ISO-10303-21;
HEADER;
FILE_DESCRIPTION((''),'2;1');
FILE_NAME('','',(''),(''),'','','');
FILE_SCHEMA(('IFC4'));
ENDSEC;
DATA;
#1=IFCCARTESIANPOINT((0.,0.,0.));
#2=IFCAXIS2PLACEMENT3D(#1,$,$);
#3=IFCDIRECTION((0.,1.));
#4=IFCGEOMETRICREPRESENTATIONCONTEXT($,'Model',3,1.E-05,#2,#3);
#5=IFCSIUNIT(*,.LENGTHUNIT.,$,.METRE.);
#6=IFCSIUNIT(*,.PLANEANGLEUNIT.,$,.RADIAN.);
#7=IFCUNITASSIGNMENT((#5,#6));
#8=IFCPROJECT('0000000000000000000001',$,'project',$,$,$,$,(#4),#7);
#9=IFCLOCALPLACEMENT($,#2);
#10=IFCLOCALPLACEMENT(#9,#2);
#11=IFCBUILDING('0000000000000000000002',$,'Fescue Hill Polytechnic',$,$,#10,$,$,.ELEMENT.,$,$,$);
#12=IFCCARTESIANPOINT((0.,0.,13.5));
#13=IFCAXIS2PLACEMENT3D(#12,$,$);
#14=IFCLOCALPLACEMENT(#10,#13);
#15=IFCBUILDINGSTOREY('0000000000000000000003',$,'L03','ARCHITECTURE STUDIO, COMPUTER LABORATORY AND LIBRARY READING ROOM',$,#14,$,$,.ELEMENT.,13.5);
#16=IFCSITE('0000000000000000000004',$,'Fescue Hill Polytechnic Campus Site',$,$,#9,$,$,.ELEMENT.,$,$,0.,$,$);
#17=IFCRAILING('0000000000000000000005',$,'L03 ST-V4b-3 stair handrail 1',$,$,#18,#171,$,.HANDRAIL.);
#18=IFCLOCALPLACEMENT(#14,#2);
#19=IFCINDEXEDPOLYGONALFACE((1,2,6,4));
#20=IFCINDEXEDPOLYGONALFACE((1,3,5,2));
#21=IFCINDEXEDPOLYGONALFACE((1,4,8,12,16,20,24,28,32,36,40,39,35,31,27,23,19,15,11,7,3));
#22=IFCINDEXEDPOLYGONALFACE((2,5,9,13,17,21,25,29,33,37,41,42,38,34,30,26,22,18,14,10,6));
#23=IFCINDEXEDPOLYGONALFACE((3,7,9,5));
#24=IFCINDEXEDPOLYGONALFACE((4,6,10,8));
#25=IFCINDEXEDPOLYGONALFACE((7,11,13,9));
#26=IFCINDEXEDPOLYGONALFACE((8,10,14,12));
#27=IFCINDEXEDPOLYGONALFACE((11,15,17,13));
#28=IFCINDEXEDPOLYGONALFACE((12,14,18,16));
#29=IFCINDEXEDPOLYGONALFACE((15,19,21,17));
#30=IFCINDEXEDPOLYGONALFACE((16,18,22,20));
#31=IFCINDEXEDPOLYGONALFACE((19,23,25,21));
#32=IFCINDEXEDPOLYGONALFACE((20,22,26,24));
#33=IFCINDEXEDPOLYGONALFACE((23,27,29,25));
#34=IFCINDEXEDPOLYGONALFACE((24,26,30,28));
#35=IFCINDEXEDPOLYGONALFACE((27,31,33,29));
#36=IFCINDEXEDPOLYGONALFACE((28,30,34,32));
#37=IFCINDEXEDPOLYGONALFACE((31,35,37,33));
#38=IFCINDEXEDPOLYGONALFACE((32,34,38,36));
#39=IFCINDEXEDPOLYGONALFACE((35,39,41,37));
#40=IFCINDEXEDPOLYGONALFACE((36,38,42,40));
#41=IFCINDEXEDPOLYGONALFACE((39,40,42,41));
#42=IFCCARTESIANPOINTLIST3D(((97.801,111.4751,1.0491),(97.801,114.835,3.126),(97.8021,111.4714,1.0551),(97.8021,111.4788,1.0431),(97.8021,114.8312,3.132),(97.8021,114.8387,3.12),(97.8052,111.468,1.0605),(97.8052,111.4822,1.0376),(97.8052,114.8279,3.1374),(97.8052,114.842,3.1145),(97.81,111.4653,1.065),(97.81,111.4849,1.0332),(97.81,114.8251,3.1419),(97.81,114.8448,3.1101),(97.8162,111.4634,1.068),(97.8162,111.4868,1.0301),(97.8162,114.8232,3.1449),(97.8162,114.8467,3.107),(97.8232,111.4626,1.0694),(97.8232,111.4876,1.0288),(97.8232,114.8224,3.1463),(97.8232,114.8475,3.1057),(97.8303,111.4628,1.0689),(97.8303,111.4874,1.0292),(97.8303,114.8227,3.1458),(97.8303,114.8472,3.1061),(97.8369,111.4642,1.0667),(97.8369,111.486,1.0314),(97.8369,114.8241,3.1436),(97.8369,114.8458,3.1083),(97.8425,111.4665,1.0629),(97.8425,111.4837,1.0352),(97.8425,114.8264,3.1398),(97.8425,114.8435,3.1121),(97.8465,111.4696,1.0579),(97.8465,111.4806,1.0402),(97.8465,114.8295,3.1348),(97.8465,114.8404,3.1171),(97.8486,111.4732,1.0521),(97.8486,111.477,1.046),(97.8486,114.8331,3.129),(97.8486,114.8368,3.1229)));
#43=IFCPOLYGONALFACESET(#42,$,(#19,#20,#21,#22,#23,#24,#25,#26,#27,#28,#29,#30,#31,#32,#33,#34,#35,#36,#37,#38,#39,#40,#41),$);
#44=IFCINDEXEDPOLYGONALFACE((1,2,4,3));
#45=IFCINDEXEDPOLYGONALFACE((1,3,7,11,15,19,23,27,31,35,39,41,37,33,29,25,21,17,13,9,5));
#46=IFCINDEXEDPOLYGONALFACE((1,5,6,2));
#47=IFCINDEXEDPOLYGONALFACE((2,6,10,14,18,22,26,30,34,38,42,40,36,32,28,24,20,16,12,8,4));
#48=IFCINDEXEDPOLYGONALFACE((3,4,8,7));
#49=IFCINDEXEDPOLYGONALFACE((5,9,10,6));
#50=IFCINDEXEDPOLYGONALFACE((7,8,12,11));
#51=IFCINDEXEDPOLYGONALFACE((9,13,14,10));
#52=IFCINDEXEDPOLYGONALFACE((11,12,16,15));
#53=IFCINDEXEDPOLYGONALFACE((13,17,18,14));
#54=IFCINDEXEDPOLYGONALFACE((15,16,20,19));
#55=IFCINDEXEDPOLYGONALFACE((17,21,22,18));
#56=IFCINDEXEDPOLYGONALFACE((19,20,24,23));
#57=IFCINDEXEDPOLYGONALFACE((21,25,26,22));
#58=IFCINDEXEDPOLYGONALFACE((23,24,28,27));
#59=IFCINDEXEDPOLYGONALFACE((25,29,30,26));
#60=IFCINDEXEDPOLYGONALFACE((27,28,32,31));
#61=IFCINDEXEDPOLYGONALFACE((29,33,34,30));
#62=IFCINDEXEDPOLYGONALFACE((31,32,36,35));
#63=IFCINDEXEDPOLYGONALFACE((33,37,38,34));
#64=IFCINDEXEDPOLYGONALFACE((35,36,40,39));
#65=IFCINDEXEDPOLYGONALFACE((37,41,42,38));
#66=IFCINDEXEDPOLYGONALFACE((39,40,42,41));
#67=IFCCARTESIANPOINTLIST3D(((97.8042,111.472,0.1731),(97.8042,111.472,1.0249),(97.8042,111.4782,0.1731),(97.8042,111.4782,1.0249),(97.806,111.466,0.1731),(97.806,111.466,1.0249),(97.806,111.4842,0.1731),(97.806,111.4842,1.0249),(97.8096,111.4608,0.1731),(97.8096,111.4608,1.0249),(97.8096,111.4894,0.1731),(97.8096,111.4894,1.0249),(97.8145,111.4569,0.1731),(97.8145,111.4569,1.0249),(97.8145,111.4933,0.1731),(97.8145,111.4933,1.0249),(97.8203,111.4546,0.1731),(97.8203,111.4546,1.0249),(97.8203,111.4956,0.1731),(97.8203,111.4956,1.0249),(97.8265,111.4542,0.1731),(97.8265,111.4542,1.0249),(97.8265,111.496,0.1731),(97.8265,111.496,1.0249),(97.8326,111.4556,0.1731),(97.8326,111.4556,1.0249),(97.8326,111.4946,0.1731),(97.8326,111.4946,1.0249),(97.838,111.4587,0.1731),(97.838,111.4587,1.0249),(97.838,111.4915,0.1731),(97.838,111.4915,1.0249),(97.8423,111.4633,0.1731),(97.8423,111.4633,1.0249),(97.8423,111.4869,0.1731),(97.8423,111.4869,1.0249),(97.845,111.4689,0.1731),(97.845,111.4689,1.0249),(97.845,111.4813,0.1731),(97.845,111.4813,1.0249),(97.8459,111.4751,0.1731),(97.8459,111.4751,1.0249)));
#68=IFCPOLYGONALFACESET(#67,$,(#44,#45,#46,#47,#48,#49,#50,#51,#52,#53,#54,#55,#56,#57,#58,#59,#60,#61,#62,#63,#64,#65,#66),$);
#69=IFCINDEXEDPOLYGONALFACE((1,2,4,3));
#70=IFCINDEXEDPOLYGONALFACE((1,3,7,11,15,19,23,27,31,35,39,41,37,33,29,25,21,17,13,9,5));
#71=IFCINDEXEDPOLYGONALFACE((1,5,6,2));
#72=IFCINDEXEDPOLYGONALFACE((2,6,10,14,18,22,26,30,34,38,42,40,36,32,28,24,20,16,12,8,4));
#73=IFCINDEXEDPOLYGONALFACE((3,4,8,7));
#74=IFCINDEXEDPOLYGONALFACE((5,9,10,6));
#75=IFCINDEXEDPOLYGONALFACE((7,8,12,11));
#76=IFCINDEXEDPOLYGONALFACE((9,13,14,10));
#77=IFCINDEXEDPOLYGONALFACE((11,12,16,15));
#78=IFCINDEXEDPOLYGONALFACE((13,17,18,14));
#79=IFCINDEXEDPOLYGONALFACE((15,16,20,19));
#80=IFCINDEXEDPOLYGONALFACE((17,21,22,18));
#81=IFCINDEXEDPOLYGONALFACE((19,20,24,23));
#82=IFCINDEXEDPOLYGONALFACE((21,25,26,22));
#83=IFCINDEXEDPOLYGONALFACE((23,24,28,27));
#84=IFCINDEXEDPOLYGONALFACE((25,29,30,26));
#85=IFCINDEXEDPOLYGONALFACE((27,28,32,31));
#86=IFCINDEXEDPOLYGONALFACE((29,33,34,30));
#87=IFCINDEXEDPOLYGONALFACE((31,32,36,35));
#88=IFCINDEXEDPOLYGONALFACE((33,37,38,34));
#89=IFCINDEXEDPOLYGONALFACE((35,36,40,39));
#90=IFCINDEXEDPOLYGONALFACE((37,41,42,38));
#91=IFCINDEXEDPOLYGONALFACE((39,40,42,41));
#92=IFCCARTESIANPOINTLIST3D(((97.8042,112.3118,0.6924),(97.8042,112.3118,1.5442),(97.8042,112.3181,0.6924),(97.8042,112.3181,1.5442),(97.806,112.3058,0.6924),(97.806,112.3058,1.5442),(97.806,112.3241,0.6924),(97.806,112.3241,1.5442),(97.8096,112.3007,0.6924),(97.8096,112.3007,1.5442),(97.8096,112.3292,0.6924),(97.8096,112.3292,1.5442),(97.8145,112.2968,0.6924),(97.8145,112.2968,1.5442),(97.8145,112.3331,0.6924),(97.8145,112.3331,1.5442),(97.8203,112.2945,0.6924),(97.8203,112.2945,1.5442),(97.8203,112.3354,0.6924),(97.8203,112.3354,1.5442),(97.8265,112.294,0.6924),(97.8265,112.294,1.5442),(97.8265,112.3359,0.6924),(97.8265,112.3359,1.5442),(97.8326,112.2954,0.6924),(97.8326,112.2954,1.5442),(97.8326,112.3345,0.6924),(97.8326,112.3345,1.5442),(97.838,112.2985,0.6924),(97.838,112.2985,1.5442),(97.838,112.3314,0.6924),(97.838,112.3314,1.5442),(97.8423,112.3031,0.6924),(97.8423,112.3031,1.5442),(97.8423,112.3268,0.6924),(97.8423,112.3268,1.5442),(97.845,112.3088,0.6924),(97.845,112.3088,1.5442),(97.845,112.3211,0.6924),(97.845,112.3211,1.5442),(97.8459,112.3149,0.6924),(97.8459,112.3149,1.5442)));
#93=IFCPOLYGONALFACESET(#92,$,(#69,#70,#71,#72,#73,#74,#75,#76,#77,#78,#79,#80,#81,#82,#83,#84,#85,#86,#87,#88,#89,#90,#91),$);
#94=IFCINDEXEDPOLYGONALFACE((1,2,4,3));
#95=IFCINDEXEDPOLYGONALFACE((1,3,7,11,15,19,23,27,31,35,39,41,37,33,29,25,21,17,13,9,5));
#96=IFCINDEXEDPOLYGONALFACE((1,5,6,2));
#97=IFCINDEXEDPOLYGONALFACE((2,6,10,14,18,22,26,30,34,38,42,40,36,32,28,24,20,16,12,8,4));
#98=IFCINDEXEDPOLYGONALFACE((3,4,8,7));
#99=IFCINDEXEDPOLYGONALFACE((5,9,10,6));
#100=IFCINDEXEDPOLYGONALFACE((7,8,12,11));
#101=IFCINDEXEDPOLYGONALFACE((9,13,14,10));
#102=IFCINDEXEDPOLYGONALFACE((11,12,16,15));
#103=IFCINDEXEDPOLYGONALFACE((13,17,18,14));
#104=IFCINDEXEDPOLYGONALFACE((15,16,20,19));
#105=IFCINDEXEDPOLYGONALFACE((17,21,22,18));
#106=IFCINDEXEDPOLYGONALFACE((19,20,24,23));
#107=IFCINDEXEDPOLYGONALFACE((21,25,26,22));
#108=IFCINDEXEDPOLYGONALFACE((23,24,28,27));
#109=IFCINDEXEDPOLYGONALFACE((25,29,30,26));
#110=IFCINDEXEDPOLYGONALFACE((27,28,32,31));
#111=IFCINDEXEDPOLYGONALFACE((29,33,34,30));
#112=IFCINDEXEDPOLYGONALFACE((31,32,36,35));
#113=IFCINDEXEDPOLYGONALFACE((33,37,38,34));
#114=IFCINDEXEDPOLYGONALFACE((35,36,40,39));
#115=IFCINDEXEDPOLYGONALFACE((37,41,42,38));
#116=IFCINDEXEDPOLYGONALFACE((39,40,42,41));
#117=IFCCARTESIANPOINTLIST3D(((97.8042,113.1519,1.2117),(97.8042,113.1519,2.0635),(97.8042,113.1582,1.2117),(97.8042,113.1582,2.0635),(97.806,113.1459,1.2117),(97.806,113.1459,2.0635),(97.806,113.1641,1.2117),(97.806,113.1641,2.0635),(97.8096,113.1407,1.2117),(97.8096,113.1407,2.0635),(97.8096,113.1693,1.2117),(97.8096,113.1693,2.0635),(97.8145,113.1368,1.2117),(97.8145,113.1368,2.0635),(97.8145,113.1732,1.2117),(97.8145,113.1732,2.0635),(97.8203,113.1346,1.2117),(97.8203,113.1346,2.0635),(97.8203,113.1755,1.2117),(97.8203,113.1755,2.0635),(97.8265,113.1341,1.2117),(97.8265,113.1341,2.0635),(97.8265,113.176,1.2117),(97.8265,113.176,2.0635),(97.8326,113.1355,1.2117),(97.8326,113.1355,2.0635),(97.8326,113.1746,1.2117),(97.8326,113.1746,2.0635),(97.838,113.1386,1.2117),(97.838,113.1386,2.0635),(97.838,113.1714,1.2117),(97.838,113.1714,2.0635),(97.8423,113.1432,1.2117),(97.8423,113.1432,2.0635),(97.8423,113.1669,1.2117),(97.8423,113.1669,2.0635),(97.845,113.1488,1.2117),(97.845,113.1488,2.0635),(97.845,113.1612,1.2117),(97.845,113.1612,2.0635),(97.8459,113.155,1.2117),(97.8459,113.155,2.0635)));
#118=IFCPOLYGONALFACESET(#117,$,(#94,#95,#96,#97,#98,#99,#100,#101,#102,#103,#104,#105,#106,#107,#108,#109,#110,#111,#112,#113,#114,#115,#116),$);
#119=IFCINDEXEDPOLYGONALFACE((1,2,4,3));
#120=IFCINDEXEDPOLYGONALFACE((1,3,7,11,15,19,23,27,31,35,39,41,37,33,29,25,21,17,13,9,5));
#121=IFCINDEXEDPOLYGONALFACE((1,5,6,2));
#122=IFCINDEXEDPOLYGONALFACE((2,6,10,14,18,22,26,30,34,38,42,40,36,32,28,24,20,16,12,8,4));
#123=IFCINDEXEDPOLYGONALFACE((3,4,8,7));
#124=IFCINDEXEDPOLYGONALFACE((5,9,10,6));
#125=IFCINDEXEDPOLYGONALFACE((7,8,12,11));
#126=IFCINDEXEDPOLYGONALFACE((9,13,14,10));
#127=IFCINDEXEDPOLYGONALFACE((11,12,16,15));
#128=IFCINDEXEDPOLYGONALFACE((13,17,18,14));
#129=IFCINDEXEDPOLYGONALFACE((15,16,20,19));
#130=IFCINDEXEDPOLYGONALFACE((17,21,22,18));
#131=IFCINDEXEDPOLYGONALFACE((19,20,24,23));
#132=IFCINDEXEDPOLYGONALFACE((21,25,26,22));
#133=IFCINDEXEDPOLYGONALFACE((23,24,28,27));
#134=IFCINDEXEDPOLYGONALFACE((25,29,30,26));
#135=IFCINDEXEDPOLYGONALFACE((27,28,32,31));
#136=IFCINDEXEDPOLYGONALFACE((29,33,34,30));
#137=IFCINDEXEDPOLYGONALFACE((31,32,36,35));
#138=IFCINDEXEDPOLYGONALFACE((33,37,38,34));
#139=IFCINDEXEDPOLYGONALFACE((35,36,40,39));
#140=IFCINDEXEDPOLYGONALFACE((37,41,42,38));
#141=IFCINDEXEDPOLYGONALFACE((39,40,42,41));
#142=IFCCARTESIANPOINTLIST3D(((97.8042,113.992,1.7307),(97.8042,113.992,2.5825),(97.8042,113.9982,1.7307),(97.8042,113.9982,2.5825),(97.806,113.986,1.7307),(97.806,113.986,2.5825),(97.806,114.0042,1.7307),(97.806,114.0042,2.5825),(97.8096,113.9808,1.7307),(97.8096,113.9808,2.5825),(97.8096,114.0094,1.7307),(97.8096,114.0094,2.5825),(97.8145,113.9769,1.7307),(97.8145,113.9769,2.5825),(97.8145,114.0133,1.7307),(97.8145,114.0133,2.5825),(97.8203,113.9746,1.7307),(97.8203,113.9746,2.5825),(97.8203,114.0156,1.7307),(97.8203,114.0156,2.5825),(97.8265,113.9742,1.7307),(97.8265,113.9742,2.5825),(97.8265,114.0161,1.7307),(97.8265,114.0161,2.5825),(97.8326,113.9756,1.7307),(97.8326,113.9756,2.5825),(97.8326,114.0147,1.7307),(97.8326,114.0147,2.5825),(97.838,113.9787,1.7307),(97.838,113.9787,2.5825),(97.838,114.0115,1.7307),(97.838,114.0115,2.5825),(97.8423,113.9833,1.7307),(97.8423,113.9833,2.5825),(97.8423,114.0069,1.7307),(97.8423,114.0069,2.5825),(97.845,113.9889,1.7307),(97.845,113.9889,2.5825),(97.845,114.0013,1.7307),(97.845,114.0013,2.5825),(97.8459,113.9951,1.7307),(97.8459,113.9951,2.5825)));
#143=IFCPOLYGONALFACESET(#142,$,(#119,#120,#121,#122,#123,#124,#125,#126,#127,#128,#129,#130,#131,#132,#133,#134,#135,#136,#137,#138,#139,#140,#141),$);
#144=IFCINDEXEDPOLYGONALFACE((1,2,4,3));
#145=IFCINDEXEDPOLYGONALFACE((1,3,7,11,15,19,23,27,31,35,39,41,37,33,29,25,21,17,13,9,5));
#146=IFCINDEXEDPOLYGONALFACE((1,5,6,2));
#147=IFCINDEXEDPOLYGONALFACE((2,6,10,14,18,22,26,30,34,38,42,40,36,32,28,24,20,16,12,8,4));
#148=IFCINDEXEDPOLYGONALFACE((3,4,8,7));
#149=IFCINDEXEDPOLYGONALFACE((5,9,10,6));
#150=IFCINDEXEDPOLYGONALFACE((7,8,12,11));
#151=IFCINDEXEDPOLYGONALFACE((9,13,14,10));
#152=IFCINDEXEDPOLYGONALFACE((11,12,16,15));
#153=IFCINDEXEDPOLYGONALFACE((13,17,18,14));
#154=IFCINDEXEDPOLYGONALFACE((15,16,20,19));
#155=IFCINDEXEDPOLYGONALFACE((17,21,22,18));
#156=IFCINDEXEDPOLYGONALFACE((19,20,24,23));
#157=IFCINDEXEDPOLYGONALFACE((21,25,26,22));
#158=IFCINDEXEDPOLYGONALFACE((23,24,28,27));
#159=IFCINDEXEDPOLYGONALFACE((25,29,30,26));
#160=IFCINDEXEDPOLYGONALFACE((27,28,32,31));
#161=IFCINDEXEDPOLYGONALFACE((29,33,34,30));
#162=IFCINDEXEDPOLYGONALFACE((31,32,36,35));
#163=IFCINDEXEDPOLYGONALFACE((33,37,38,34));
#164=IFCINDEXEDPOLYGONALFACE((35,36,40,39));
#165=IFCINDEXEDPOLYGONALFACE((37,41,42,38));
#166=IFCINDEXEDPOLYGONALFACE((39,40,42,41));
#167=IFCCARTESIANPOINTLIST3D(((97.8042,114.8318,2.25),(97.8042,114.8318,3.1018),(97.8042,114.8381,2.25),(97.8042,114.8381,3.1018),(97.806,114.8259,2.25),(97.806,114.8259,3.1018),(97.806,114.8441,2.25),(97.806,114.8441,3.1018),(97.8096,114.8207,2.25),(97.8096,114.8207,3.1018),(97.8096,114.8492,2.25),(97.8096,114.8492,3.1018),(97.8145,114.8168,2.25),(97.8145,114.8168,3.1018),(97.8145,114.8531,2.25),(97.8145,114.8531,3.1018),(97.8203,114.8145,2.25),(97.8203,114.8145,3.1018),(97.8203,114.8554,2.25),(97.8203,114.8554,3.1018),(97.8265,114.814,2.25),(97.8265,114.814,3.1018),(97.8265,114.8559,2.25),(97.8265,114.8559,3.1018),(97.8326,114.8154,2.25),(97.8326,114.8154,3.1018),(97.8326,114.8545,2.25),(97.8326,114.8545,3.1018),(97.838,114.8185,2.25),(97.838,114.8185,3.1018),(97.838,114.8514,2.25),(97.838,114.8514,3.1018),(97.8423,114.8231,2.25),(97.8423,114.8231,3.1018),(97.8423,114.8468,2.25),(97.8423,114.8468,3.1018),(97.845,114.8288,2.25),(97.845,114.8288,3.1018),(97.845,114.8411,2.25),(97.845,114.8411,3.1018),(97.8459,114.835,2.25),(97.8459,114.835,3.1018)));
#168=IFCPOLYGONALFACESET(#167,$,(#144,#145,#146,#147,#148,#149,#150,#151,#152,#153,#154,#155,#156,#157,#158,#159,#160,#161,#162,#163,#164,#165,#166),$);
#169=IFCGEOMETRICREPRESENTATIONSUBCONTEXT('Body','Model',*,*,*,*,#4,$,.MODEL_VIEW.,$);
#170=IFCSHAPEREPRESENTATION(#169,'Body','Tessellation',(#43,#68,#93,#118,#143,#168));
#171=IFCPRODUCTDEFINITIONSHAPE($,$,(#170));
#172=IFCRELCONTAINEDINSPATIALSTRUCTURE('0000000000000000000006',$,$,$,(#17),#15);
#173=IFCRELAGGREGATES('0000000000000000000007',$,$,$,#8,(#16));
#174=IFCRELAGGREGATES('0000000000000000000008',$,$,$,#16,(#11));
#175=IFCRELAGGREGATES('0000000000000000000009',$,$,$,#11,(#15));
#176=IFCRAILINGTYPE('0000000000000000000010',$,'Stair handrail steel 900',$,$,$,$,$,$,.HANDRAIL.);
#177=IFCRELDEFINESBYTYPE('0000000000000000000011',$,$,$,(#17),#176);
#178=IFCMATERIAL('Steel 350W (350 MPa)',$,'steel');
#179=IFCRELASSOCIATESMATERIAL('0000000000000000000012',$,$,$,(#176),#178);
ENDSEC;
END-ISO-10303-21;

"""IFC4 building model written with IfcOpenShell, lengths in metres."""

from ifc_helpers import new_model, si_unit, direction, frame, origin, origin_2d, place, context, subcontext, project, spatial, circle, extrude, material, type_object, element, save


model = new_model("IFC4")

# Units and contexts
model_context = context("Model", 3, precision=1e-05, world=origin(), true_north=direction((0.0, 1.0)))
body_context = subcontext(model_context, "Body", "Model", "MODEL_VIEW")
ifc_project = project(units=[si_unit("LENGTHUNIT", "METRE"), si_unit("PLANEANGLEUNIT", "RADIAN")], contexts=[model_context])

# Site, building, storey
site_placement = place(None, origin())
site = spatial("IfcSite", under=ifc_project, at=site_placement, Name="Fescue Hill Polytechnic Campus Site", CompositionType="ELEMENT", RefElevation=0.0)
building_placement = place(site_placement, origin())
building = spatial("IfcBuilding", under=site, at=building_placement, Name="Fescue Hill Polytechnic", CompositionType="ELEMENT")
storey_placement = place(building_placement, frame((0.0, 0.0, 13.5)))
storey = spatial("IfcBuildingStorey", under=building, at=storey_placement, Name="L03", Description="ARCHITECTURE STUDIO, COMPUTER LABORATORY AND LIBRARY READING ROOM", CompositionType="ELEMENT", Elevation=13.5)

# Railing
ifc_material_1 = material(Name="Steel 350W (350 MPa)", Category="steel")
railing_type = type_object("IfcRailingType", Name="Stair handrail steel 900", PredefinedType="HANDRAIL", material=ifc_material_1)
railing_1_placement = place(storey_placement, frame((97.825, 111.4751, 0.1731)))
element("IfcRailing", 1, at=railing_1_placement, inside=storey, type_object=railing_type, Name="L03 ST-V4b-3 stair handrail 1", PredefinedType="HANDRAIL", context=body_context, shape_type="SweptSolid", body=[
    extrude(circle(Radius=0.0239, at=origin_2d()), frame((0.0, 0.0, 0.876), z_axis=(0.0, 0.850606, 0.525803), x_axis=(-1.0, 0.0, 0.0)), (0.0, 0.0, 1.0), 3.95),
    extrude(circle(Radius=0.021, at=origin_2d()), origin(), (0.0, 0.0, 1.0), 0.8518),
    extrude(circle(Radius=0.021, at=origin_2d()), frame((0.0, 0.8398, 0.5193)), (0.0, 0.0, 1.0), 0.8518),
    extrude(circle(Radius=0.021, at=origin_2d()), frame((0.0, 1.6799, 1.0386)), (0.0, 0.0, 1.0), 0.8518),
    extrude(circle(Radius=0.021, at=origin_2d()), frame((0.0, 2.52, 1.5576)), (0.0, 0.0, 1.0), 0.8518),
    extrude(circle(Radius=0.021, at=origin_2d()), frame((0.0, 3.3599, 2.0769)), (0.0, 0.0, 1.0), 0.8518),
])

save(model, "model.ifc")
